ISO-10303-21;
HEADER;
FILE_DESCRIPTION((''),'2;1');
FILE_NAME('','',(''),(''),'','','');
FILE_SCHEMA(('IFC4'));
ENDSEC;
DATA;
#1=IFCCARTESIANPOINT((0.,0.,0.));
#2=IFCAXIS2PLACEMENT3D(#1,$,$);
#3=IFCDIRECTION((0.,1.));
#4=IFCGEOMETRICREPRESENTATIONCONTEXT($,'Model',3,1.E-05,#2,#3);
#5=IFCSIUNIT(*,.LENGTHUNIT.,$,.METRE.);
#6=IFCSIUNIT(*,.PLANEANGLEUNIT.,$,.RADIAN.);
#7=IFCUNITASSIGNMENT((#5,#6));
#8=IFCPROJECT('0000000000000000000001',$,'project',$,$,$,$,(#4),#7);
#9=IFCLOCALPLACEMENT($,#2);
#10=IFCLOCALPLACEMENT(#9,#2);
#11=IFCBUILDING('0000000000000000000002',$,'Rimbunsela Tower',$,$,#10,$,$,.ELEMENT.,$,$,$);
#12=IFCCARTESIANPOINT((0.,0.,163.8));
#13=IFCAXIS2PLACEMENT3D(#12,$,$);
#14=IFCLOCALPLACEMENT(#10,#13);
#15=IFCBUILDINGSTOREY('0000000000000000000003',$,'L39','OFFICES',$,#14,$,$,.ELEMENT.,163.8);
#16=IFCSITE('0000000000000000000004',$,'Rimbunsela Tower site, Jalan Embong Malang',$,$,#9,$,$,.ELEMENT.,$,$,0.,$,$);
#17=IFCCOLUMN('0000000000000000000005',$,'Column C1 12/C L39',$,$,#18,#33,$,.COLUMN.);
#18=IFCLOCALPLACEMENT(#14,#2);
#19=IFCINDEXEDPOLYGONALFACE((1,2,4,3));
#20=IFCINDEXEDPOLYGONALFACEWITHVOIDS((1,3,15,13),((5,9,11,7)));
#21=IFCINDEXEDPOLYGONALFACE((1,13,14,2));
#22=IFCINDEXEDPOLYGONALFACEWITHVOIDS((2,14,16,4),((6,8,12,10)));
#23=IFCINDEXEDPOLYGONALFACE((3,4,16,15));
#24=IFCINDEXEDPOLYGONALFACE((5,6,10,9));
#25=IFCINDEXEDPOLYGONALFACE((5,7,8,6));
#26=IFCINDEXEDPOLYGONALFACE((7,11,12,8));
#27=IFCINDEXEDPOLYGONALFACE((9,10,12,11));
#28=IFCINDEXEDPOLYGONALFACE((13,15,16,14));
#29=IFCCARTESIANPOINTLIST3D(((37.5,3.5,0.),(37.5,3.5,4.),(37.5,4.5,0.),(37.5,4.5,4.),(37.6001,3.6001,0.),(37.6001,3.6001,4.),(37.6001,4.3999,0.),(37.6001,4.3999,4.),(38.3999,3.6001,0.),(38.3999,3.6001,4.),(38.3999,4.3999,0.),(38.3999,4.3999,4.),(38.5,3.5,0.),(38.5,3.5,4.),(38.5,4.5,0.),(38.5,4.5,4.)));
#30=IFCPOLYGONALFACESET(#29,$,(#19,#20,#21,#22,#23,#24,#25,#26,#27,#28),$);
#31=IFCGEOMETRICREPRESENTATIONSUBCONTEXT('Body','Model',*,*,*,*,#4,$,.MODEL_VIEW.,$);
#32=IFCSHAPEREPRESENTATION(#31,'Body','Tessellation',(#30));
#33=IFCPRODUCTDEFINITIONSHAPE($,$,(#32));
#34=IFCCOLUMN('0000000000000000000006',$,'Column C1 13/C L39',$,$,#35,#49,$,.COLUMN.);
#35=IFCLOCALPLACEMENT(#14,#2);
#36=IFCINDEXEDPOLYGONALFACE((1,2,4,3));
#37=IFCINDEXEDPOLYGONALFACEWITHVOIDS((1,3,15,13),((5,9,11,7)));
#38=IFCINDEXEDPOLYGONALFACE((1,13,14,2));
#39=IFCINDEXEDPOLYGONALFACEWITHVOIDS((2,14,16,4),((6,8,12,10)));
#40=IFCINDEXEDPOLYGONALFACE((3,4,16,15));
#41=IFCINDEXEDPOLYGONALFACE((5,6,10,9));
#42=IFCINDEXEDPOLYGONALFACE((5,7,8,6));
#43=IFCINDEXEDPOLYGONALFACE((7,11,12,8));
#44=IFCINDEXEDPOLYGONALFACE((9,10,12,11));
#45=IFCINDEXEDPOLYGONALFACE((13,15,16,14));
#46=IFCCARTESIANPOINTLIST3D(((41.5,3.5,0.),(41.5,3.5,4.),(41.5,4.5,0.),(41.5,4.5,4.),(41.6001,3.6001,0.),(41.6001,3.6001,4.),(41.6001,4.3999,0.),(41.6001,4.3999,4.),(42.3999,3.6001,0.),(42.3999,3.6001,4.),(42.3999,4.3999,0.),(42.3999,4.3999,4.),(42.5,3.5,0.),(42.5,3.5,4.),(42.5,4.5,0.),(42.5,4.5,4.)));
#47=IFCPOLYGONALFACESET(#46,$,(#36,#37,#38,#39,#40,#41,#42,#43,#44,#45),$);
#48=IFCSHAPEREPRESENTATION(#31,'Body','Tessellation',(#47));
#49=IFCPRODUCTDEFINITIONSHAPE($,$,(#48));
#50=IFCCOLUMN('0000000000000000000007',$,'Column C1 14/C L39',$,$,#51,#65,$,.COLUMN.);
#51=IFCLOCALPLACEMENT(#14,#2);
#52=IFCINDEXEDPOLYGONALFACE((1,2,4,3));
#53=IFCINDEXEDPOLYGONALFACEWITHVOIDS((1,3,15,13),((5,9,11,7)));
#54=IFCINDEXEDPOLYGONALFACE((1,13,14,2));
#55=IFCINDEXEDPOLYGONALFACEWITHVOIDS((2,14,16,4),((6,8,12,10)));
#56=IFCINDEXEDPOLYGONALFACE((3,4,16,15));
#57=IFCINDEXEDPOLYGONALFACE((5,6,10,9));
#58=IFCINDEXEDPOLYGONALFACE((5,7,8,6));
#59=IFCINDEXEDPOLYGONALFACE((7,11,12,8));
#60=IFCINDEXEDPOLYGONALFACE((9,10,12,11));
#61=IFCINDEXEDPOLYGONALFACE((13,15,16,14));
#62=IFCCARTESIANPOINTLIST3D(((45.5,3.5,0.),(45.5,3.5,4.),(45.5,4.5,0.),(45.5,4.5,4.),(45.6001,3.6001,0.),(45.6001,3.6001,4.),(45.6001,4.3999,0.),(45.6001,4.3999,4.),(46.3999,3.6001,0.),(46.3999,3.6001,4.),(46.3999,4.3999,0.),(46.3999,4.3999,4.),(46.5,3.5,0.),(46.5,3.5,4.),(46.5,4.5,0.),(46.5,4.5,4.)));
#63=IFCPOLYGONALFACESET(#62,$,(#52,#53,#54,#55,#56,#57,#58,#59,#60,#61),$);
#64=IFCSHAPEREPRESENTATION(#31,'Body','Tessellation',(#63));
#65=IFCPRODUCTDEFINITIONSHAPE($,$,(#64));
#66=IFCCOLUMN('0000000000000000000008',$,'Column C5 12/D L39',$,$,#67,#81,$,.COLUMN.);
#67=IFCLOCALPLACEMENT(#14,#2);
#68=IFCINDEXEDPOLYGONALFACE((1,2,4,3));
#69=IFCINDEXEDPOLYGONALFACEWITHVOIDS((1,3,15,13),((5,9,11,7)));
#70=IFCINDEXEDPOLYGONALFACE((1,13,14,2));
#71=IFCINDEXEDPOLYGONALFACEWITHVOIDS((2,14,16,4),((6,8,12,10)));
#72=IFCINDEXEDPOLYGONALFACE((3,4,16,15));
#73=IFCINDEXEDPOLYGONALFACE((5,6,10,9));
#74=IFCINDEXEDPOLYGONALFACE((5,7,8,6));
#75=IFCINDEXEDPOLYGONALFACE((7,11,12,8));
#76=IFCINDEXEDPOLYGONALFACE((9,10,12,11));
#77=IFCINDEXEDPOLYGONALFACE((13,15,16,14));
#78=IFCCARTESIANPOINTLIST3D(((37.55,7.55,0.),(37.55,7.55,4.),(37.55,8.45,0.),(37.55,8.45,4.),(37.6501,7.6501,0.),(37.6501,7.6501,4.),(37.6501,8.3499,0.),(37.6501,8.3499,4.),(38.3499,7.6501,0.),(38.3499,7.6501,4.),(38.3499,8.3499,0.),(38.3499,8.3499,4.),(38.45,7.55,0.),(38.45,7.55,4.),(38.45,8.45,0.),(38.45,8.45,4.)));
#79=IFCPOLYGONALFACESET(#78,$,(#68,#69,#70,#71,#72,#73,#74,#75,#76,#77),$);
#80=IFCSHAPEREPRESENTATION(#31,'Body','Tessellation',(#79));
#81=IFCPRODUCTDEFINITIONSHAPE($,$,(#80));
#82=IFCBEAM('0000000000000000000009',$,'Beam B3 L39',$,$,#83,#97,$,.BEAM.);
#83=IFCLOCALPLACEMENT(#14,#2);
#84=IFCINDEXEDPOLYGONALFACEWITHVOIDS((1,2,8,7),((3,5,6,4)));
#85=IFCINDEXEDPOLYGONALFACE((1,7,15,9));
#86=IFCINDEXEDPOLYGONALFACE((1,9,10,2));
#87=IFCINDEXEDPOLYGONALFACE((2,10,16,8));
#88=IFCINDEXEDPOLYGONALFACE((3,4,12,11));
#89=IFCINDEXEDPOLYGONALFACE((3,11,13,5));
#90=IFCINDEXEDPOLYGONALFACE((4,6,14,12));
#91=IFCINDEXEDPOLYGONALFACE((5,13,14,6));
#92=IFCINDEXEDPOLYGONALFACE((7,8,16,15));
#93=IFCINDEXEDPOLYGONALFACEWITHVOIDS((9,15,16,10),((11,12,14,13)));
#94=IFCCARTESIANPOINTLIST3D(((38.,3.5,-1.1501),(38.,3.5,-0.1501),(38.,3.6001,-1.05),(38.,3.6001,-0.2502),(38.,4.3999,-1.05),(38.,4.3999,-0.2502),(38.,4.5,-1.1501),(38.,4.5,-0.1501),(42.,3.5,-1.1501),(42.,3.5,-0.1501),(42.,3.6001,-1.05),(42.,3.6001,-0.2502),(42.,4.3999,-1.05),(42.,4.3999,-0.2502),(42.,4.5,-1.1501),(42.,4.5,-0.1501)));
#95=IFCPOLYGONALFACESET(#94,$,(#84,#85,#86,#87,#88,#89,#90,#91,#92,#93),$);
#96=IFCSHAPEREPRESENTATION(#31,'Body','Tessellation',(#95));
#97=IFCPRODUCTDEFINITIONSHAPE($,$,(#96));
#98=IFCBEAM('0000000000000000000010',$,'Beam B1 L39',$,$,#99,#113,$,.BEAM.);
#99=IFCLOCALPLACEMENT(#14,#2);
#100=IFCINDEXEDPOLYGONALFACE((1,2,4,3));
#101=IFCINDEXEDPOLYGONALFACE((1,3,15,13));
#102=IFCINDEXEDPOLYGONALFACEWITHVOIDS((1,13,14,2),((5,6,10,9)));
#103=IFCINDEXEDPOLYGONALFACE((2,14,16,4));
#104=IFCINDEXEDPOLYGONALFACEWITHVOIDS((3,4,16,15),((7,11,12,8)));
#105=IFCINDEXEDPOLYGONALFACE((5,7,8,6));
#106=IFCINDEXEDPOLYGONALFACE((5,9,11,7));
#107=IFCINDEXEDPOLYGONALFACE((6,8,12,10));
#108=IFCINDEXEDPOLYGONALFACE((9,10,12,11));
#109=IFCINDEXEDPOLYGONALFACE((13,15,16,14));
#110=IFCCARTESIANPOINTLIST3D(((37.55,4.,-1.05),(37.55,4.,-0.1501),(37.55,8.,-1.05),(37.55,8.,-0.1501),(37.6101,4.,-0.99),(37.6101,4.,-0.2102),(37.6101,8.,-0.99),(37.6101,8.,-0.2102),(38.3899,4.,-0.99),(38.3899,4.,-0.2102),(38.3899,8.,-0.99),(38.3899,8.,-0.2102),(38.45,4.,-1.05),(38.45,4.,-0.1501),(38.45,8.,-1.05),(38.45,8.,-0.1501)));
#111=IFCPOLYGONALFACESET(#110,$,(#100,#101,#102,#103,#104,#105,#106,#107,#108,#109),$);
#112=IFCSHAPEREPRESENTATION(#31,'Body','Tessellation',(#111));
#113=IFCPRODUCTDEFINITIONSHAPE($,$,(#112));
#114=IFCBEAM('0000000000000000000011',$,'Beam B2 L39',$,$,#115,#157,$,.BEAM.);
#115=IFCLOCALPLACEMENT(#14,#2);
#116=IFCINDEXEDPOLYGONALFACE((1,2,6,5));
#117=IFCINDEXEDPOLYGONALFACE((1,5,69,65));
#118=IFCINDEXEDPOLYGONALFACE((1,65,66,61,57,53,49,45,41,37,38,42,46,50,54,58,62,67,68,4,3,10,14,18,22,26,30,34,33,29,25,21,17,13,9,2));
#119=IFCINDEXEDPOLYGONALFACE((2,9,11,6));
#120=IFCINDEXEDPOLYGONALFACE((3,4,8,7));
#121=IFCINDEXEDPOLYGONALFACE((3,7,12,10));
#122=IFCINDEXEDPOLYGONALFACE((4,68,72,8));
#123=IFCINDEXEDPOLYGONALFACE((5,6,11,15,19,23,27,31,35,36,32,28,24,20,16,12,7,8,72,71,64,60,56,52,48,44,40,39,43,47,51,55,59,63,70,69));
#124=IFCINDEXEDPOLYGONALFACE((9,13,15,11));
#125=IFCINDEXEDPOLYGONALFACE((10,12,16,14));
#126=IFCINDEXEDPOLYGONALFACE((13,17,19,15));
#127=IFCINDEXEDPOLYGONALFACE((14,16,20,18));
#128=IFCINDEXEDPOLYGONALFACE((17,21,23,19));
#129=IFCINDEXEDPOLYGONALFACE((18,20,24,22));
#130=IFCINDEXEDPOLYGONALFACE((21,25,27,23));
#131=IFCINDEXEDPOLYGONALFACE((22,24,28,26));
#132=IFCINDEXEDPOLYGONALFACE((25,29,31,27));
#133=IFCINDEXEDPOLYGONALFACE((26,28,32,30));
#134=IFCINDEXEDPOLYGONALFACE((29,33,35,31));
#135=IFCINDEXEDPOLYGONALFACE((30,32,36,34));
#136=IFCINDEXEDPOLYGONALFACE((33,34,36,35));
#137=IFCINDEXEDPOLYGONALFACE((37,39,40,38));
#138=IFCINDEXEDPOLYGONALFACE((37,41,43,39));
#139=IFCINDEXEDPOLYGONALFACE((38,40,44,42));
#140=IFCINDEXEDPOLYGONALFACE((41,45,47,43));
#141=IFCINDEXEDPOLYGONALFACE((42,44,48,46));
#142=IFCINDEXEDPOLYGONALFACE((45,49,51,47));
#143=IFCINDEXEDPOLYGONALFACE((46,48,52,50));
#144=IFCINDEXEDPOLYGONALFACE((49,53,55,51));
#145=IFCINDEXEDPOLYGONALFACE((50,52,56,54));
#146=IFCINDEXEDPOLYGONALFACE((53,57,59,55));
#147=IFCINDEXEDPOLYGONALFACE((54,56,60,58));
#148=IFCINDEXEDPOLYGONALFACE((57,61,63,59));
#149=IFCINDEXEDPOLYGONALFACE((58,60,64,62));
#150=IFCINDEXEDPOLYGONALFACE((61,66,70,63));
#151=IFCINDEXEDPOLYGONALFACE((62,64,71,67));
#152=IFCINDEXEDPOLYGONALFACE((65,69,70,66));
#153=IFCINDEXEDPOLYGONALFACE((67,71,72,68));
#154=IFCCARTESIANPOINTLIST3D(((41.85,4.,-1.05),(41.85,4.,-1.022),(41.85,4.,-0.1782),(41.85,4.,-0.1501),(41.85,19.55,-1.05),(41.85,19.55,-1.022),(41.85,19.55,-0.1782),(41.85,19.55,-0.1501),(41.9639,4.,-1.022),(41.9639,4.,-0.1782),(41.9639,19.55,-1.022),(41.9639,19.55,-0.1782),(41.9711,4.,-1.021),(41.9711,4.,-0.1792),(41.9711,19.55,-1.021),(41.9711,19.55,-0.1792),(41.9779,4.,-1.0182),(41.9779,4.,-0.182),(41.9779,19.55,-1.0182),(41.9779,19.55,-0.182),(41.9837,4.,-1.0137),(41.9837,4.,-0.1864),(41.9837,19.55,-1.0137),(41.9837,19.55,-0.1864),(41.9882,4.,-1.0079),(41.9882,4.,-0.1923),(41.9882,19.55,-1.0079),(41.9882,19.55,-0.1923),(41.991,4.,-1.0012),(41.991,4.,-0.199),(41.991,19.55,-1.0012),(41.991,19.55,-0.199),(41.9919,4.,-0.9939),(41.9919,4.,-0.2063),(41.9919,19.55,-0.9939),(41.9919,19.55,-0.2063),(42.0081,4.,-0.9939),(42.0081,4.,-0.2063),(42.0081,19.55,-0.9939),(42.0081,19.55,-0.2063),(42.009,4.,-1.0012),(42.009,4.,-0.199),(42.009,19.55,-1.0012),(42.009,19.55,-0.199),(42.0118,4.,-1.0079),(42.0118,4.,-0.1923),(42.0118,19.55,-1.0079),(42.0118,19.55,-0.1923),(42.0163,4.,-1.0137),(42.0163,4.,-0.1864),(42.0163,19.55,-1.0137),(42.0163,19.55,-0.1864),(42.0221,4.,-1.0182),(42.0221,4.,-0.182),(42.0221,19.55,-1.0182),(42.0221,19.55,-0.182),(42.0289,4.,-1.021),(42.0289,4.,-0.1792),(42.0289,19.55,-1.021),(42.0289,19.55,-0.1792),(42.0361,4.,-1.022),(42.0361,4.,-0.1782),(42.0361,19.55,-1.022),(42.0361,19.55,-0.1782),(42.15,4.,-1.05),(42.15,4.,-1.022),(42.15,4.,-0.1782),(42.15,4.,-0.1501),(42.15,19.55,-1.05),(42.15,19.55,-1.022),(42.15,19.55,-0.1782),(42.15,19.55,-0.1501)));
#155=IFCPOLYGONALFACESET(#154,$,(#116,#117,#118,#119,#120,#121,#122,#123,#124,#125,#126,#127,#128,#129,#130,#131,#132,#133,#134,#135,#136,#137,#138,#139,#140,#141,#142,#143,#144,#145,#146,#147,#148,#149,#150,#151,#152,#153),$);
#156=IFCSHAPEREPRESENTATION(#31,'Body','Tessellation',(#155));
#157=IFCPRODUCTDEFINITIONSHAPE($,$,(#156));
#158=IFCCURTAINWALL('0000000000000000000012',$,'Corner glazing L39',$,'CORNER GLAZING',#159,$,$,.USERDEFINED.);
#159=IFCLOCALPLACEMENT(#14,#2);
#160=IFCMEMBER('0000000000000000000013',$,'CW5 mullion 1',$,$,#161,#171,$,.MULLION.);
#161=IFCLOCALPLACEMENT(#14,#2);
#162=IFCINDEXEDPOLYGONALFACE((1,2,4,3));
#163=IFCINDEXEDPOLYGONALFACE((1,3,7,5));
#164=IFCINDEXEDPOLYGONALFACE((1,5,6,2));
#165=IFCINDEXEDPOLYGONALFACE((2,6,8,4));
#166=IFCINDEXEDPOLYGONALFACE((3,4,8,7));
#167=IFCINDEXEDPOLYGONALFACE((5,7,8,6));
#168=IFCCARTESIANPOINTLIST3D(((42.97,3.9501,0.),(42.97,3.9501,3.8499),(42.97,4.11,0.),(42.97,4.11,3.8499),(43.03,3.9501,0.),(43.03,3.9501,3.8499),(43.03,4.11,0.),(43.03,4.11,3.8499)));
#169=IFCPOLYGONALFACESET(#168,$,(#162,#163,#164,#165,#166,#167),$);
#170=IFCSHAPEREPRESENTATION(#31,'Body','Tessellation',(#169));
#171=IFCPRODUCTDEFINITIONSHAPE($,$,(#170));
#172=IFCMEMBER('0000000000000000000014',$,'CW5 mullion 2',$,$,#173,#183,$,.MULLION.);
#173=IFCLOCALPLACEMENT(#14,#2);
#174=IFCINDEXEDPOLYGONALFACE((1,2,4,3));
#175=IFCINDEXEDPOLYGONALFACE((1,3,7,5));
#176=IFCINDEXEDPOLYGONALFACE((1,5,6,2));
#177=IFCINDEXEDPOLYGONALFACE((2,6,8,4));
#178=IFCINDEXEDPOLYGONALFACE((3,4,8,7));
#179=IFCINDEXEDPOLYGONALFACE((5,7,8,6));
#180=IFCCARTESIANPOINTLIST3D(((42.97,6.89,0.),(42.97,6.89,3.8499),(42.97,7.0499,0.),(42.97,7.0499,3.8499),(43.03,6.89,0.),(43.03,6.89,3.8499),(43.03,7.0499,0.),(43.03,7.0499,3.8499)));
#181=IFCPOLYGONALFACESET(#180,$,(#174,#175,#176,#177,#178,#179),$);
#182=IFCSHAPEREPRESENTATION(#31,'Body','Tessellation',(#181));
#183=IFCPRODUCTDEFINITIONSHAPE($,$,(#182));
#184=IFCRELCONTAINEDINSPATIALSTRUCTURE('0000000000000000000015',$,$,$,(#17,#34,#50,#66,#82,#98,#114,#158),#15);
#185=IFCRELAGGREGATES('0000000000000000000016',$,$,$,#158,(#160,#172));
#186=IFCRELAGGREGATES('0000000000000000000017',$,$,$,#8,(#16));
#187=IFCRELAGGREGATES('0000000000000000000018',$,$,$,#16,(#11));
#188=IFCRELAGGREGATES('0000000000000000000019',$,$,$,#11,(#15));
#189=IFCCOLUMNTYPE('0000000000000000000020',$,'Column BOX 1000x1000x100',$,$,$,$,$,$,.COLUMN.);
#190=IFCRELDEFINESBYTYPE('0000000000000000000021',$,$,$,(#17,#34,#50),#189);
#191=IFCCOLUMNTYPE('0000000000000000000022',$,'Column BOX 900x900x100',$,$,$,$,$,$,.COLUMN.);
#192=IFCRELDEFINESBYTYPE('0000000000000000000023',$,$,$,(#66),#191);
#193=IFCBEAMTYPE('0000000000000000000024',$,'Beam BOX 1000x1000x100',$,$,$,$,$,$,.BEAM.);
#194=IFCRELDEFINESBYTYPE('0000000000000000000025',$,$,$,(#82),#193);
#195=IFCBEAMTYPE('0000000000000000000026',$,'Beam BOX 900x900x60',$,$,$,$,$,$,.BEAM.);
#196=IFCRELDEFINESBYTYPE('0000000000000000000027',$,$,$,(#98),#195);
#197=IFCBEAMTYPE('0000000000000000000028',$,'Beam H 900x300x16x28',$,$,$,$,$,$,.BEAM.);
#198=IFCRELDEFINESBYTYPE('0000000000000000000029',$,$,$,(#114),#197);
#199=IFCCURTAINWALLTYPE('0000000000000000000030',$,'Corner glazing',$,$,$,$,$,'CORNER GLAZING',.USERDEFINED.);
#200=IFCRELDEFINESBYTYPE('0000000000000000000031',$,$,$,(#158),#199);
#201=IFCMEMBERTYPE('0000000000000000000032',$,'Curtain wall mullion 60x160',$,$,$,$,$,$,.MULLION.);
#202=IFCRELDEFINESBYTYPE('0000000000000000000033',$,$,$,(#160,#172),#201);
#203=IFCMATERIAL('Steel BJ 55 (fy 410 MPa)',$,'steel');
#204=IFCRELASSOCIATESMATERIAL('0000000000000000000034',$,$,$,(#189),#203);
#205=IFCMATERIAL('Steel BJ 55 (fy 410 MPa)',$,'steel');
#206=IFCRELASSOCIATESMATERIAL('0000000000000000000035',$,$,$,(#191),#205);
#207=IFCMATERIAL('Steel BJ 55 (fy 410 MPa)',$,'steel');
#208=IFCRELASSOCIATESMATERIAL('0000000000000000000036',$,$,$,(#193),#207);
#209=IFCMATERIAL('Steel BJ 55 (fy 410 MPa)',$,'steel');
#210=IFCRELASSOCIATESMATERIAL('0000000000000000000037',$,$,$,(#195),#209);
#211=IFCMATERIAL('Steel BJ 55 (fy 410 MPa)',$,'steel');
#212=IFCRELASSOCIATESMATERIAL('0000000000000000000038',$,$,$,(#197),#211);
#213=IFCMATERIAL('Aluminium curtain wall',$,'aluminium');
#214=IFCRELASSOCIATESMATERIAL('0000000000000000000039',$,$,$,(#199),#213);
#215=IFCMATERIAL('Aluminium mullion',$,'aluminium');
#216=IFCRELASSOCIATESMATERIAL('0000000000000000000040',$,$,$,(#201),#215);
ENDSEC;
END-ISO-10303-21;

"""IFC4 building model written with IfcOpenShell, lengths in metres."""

from ifc_helpers import new_model, si_unit, direction, frame, origin, origin_2d, place, context, subcontext, project, spatial, rectangle, hollow_rectangle, i_section, extrude, material, material_profile, profile_set, type_object, element, aggregate, save


model = new_model("IFC4")

# Units and contexts
model_context = context("Model", 3, precision=1e-05, world=origin(), true_north=direction((0.0, 1.0)))
body_context = subcontext(model_context, "Body", "Model", "MODEL_VIEW")
ifc_project = project(units=[si_unit("LENGTHUNIT", "METRE"), si_unit("PLANEANGLEUNIT", "RADIAN")], contexts=[model_context])

# Site, building, storey
site_placement = place(None, origin())
site = spatial("IfcSite", under=ifc_project, at=site_placement, Name="Rimbunsela Tower site, Jalan Embong Malang", CompositionType="ELEMENT", RefElevation=0.0)
building_placement = place(site_placement, origin())
building = spatial("IfcBuilding", under=site, at=building_placement, Name="Rimbunsela Tower", CompositionType="ELEMENT")
storey_placement = place(building_placement, frame((0.0, 0.0, 163.8)))
storey = spatial("IfcBuildingStorey", under=building, at=storey_placement, Name="L39", Description="OFFICES", CompositionType="ELEMENT", Elevation=163.8)

# Columns
ifc_material_1 = material(Name="Steel BJ 55 (fy 410 MPa)", Category="steel")
ifc_material_profile_1 = material_profile(ifc_material_1, hollow_rectangle(XDim=1.0, YDim=1.0, WallThickness=0.1001, at=origin_2d()), Name="BOX 1000x1000x100")
ifc_profile_set_1 = profile_set([ifc_material_profile_1], Name="Steel BJ 55 (fy 410 MPa)")
column_type_1 = type_object("IfcColumnType", Name="Column BOX 1000x1000x100", PredefinedType="COLUMN", material=ifc_profile_set_1)
for number, where, z_axis, x_axis, name in (
    (1, (38.0, 4.0, 0.0), (0.0, 0.0, 1.0), (1.0, 0.0, 0.0), "Column C1 12/C L39"),
    (2, (42.0, 4.0, 0.0), (0.0, 0.0, 1.0), (1.0, 0.0, 0.0), "Column C1 13/C L39"),
    (3, (46.0, 4.0, 0.0), (0.0, 0.0, 1.0), (1.0, 0.0, 0.0), "Column C1 14/C L39"),
):
    element("IfcColumn", number, at=place(storey_placement, frame(where, z_axis=z_axis, x_axis=x_axis)), inside=storey, type_object=column_type_1, Name=name, PredefinedType="COLUMN", context=body_context, shape_type="SweptSolid", body=[
        extrude(hollow_rectangle(XDim=1.0, YDim=1.0, WallThickness=0.1001, at=origin_2d()), origin(), (0.0, 0.0, 1.0), 4.0),
    ])
ifc_material_2 = material(Name="Steel BJ 55 (fy 410 MPa)", Category="steel")
ifc_material_profile_2 = material_profile(ifc_material_2, hollow_rectangle(XDim=0.8999, YDim=0.8999, WallThickness=0.1001, at=origin_2d()), Name="BOX 900x900x100")
ifc_profile_set_2 = profile_set([ifc_material_profile_2], Name="Steel BJ 55 (fy 410 MPa)")
column_type_2 = type_object("IfcColumnType", Name="Column BOX 900x900x100", PredefinedType="COLUMN", material=ifc_profile_set_2)
column_placement = place(storey_placement, frame((38.0, 8.0, 0.0), z_axis=(0.0, 0.0, 1.0), x_axis=(1.0, 0.0, 0.0)))
element("IfcColumn", 4, at=column_placement, inside=storey, type_object=column_type_2, Name="Column C5 12/D L39", PredefinedType="COLUMN", context=body_context, shape_type="SweptSolid", body=[
    extrude(hollow_rectangle(XDim=0.8999, YDim=0.8999, WallThickness=0.1001, at=origin_2d()), origin(), (0.0, 0.0, 1.0), 4.0),
])

# Beams
ifc_material_3 = material(Name="Steel BJ 55 (fy 410 MPa)", Category="steel")
ifc_material_profile_3 = material_profile(ifc_material_3, hollow_rectangle(XDim=1.0, YDim=1.0, WallThickness=0.1001, at=origin_2d()), Name="BOX 1000x1000x100")
ifc_profile_set_3 = profile_set([ifc_material_profile_3], Name="Steel BJ 55 (fy 410 MPa)")
beam_type_1 = type_object("IfcBeamType", Name="Beam BOX 1000x1000x100", PredefinedType="BEAM", material=ifc_profile_set_3)
beam_1_placement = place(storey_placement, frame((38.0, 4.0, -0.6501), z_axis=(1.0, 0.0, 0.0), x_axis=(0.0, 1.0, 0.0)))
element("IfcBeam", 5, at=beam_1_placement, inside=storey, type_object=beam_type_1, Name="Beam B3 L39", PredefinedType="BEAM", context=body_context, shape_type="SweptSolid", body=[
    extrude(hollow_rectangle(XDim=1.0, YDim=1.0, WallThickness=0.1001, at=origin_2d()), origin(), (0.0, 0.0, 1.0), 4.0),
])
ifc_material_4 = material(Name="Steel BJ 55 (fy 410 MPa)", Category="steel")
ifc_material_profile_4 = material_profile(ifc_material_4, hollow_rectangle(XDim=0.8999, YDim=0.8999, WallThickness=0.0601, at=origin_2d()), Name="BOX 900x900x60")
ifc_profile_set_4 = profile_set([ifc_material_profile_4], Name="Steel BJ 55 (fy 410 MPa)")
beam_type_2 = type_object("IfcBeamType", Name="Beam BOX 900x900x60", PredefinedType="BEAM", material=ifc_profile_set_4)
beam_2_placement = place(storey_placement, frame((38.0, 4.0, -0.6001), z_axis=(0.0, 1.0, 0.0), x_axis=(-1.0, 0.0, 0.0)))
element("IfcBeam", 6, at=beam_2_placement, inside=storey, type_object=beam_type_2, Name="Beam B1 L39", PredefinedType="BEAM", context=body_context, shape_type="SweptSolid", body=[
    extrude(hollow_rectangle(XDim=0.8999, YDim=0.8999, WallThickness=0.0601, at=origin_2d()), origin(), (0.0, 0.0, 1.0), 4.0),
])
ifc_material_5 = material(Name="Steel BJ 55 (fy 410 MPa)", Category="steel")
ifc_material_profile_5 = material_profile(ifc_material_5, i_section(OverallWidth=0.3, OverallDepth=0.8999, WebThickness=0.0161, FlangeThickness=0.0281, FilletRadius=0.0281, at=origin_2d()), Name="H 900x300x16x28")
ifc_profile_set_5 = profile_set([ifc_material_profile_5], Name="Steel BJ 55 (fy 410 MPa)")
beam_type_3 = type_object("IfcBeamType", Name="Beam H 900x300x16x28", PredefinedType="BEAM", material=ifc_profile_set_5)
beam_3_placement = place(storey_placement, frame((42.0, 4.0, -0.6001), z_axis=(0.0, 1.0, 0.0), x_axis=(-1.0, 0.0, 0.0)))
element("IfcBeam", 7, at=beam_3_placement, inside=storey, type_object=beam_type_3, Name="Beam B2 L39", PredefinedType="BEAM", context=body_context, shape_type="SweptSolid", body=[
    extrude(i_section(OverallWidth=0.3, OverallDepth=0.8999, WebThickness=0.0161, FlangeThickness=0.0281, FilletRadius=0.0281, at=origin_2d()), origin(), (0.0, 0.0, 1.0), 15.55),
])

# Curtain wall, members
ifc_material_6 = material(Name="Aluminium curtain wall", Category="aluminium")
curtain_wall_type = type_object("IfcCurtainWallType", Name="Corner glazing", ElementType="CORNER GLAZING", PredefinedType="USERDEFINED", material=ifc_material_6)
curtain_wall_1_placement = place(storey_placement, origin())
curtain_wall_1 = element("IfcCurtainWall", 8, at=curtain_wall_1_placement, inside=storey, type_object=curtain_wall_type, Name="Corner glazing L39", ObjectType="CORNER GLAZING", PredefinedType="USERDEFINED")
ifc_material_7 = material(Name="Aluminium mullion", Category="aluminium")
ifc_material_profile_6 = material_profile(ifc_material_7, rectangle(XDim=0.0601, YDim=0.1599, at=origin_2d()), Name="Mullion 60x160")
ifc_profile_set_6 = profile_set([ifc_material_profile_6], Name="Aluminium mullion")
member_type_1 = type_object("IfcMemberType", Name="Curtain wall mullion 60x160", PredefinedType="MULLION", material=ifc_profile_set_6)
member_1_placement = place(storey_placement, frame((43.0, 4.03, 0.0), z_axis=(0.0, 0.0, 1.0), x_axis=(-1.0, 0.0, 0.0)))
member_1 = element("IfcMember", 9, at=member_1_placement, type_object=member_type_1, Name="CW5 mullion 1", PredefinedType="MULLION", context=body_context, shape_type="SweptSolid", body=[
    extrude(rectangle(XDim=0.0601, YDim=0.1599, at=origin_2d()), origin(), (0.0, 0.0, 1.0), 3.8499),
])
member_2_placement = place(storey_placement, frame((43.0, 6.97, 0.0), z_axis=(0.0, 0.0, 1.0), x_axis=(-1.0, 0.0, 0.0)))
member_2 = element("IfcMember", 10, at=member_2_placement, type_object=member_type_1, Name="CW5 mullion 2", PredefinedType="MULLION", context=body_context, shape_type="SweptSolid", body=[
    extrude(rectangle(XDim=0.0601, YDim=0.1599, at=origin_2d()), origin(), (0.0, 0.0, 1.0), 3.8499),
])

aggregate(curtain_wall_1, [member_1, member_2])

save(model, "model.ifc")
